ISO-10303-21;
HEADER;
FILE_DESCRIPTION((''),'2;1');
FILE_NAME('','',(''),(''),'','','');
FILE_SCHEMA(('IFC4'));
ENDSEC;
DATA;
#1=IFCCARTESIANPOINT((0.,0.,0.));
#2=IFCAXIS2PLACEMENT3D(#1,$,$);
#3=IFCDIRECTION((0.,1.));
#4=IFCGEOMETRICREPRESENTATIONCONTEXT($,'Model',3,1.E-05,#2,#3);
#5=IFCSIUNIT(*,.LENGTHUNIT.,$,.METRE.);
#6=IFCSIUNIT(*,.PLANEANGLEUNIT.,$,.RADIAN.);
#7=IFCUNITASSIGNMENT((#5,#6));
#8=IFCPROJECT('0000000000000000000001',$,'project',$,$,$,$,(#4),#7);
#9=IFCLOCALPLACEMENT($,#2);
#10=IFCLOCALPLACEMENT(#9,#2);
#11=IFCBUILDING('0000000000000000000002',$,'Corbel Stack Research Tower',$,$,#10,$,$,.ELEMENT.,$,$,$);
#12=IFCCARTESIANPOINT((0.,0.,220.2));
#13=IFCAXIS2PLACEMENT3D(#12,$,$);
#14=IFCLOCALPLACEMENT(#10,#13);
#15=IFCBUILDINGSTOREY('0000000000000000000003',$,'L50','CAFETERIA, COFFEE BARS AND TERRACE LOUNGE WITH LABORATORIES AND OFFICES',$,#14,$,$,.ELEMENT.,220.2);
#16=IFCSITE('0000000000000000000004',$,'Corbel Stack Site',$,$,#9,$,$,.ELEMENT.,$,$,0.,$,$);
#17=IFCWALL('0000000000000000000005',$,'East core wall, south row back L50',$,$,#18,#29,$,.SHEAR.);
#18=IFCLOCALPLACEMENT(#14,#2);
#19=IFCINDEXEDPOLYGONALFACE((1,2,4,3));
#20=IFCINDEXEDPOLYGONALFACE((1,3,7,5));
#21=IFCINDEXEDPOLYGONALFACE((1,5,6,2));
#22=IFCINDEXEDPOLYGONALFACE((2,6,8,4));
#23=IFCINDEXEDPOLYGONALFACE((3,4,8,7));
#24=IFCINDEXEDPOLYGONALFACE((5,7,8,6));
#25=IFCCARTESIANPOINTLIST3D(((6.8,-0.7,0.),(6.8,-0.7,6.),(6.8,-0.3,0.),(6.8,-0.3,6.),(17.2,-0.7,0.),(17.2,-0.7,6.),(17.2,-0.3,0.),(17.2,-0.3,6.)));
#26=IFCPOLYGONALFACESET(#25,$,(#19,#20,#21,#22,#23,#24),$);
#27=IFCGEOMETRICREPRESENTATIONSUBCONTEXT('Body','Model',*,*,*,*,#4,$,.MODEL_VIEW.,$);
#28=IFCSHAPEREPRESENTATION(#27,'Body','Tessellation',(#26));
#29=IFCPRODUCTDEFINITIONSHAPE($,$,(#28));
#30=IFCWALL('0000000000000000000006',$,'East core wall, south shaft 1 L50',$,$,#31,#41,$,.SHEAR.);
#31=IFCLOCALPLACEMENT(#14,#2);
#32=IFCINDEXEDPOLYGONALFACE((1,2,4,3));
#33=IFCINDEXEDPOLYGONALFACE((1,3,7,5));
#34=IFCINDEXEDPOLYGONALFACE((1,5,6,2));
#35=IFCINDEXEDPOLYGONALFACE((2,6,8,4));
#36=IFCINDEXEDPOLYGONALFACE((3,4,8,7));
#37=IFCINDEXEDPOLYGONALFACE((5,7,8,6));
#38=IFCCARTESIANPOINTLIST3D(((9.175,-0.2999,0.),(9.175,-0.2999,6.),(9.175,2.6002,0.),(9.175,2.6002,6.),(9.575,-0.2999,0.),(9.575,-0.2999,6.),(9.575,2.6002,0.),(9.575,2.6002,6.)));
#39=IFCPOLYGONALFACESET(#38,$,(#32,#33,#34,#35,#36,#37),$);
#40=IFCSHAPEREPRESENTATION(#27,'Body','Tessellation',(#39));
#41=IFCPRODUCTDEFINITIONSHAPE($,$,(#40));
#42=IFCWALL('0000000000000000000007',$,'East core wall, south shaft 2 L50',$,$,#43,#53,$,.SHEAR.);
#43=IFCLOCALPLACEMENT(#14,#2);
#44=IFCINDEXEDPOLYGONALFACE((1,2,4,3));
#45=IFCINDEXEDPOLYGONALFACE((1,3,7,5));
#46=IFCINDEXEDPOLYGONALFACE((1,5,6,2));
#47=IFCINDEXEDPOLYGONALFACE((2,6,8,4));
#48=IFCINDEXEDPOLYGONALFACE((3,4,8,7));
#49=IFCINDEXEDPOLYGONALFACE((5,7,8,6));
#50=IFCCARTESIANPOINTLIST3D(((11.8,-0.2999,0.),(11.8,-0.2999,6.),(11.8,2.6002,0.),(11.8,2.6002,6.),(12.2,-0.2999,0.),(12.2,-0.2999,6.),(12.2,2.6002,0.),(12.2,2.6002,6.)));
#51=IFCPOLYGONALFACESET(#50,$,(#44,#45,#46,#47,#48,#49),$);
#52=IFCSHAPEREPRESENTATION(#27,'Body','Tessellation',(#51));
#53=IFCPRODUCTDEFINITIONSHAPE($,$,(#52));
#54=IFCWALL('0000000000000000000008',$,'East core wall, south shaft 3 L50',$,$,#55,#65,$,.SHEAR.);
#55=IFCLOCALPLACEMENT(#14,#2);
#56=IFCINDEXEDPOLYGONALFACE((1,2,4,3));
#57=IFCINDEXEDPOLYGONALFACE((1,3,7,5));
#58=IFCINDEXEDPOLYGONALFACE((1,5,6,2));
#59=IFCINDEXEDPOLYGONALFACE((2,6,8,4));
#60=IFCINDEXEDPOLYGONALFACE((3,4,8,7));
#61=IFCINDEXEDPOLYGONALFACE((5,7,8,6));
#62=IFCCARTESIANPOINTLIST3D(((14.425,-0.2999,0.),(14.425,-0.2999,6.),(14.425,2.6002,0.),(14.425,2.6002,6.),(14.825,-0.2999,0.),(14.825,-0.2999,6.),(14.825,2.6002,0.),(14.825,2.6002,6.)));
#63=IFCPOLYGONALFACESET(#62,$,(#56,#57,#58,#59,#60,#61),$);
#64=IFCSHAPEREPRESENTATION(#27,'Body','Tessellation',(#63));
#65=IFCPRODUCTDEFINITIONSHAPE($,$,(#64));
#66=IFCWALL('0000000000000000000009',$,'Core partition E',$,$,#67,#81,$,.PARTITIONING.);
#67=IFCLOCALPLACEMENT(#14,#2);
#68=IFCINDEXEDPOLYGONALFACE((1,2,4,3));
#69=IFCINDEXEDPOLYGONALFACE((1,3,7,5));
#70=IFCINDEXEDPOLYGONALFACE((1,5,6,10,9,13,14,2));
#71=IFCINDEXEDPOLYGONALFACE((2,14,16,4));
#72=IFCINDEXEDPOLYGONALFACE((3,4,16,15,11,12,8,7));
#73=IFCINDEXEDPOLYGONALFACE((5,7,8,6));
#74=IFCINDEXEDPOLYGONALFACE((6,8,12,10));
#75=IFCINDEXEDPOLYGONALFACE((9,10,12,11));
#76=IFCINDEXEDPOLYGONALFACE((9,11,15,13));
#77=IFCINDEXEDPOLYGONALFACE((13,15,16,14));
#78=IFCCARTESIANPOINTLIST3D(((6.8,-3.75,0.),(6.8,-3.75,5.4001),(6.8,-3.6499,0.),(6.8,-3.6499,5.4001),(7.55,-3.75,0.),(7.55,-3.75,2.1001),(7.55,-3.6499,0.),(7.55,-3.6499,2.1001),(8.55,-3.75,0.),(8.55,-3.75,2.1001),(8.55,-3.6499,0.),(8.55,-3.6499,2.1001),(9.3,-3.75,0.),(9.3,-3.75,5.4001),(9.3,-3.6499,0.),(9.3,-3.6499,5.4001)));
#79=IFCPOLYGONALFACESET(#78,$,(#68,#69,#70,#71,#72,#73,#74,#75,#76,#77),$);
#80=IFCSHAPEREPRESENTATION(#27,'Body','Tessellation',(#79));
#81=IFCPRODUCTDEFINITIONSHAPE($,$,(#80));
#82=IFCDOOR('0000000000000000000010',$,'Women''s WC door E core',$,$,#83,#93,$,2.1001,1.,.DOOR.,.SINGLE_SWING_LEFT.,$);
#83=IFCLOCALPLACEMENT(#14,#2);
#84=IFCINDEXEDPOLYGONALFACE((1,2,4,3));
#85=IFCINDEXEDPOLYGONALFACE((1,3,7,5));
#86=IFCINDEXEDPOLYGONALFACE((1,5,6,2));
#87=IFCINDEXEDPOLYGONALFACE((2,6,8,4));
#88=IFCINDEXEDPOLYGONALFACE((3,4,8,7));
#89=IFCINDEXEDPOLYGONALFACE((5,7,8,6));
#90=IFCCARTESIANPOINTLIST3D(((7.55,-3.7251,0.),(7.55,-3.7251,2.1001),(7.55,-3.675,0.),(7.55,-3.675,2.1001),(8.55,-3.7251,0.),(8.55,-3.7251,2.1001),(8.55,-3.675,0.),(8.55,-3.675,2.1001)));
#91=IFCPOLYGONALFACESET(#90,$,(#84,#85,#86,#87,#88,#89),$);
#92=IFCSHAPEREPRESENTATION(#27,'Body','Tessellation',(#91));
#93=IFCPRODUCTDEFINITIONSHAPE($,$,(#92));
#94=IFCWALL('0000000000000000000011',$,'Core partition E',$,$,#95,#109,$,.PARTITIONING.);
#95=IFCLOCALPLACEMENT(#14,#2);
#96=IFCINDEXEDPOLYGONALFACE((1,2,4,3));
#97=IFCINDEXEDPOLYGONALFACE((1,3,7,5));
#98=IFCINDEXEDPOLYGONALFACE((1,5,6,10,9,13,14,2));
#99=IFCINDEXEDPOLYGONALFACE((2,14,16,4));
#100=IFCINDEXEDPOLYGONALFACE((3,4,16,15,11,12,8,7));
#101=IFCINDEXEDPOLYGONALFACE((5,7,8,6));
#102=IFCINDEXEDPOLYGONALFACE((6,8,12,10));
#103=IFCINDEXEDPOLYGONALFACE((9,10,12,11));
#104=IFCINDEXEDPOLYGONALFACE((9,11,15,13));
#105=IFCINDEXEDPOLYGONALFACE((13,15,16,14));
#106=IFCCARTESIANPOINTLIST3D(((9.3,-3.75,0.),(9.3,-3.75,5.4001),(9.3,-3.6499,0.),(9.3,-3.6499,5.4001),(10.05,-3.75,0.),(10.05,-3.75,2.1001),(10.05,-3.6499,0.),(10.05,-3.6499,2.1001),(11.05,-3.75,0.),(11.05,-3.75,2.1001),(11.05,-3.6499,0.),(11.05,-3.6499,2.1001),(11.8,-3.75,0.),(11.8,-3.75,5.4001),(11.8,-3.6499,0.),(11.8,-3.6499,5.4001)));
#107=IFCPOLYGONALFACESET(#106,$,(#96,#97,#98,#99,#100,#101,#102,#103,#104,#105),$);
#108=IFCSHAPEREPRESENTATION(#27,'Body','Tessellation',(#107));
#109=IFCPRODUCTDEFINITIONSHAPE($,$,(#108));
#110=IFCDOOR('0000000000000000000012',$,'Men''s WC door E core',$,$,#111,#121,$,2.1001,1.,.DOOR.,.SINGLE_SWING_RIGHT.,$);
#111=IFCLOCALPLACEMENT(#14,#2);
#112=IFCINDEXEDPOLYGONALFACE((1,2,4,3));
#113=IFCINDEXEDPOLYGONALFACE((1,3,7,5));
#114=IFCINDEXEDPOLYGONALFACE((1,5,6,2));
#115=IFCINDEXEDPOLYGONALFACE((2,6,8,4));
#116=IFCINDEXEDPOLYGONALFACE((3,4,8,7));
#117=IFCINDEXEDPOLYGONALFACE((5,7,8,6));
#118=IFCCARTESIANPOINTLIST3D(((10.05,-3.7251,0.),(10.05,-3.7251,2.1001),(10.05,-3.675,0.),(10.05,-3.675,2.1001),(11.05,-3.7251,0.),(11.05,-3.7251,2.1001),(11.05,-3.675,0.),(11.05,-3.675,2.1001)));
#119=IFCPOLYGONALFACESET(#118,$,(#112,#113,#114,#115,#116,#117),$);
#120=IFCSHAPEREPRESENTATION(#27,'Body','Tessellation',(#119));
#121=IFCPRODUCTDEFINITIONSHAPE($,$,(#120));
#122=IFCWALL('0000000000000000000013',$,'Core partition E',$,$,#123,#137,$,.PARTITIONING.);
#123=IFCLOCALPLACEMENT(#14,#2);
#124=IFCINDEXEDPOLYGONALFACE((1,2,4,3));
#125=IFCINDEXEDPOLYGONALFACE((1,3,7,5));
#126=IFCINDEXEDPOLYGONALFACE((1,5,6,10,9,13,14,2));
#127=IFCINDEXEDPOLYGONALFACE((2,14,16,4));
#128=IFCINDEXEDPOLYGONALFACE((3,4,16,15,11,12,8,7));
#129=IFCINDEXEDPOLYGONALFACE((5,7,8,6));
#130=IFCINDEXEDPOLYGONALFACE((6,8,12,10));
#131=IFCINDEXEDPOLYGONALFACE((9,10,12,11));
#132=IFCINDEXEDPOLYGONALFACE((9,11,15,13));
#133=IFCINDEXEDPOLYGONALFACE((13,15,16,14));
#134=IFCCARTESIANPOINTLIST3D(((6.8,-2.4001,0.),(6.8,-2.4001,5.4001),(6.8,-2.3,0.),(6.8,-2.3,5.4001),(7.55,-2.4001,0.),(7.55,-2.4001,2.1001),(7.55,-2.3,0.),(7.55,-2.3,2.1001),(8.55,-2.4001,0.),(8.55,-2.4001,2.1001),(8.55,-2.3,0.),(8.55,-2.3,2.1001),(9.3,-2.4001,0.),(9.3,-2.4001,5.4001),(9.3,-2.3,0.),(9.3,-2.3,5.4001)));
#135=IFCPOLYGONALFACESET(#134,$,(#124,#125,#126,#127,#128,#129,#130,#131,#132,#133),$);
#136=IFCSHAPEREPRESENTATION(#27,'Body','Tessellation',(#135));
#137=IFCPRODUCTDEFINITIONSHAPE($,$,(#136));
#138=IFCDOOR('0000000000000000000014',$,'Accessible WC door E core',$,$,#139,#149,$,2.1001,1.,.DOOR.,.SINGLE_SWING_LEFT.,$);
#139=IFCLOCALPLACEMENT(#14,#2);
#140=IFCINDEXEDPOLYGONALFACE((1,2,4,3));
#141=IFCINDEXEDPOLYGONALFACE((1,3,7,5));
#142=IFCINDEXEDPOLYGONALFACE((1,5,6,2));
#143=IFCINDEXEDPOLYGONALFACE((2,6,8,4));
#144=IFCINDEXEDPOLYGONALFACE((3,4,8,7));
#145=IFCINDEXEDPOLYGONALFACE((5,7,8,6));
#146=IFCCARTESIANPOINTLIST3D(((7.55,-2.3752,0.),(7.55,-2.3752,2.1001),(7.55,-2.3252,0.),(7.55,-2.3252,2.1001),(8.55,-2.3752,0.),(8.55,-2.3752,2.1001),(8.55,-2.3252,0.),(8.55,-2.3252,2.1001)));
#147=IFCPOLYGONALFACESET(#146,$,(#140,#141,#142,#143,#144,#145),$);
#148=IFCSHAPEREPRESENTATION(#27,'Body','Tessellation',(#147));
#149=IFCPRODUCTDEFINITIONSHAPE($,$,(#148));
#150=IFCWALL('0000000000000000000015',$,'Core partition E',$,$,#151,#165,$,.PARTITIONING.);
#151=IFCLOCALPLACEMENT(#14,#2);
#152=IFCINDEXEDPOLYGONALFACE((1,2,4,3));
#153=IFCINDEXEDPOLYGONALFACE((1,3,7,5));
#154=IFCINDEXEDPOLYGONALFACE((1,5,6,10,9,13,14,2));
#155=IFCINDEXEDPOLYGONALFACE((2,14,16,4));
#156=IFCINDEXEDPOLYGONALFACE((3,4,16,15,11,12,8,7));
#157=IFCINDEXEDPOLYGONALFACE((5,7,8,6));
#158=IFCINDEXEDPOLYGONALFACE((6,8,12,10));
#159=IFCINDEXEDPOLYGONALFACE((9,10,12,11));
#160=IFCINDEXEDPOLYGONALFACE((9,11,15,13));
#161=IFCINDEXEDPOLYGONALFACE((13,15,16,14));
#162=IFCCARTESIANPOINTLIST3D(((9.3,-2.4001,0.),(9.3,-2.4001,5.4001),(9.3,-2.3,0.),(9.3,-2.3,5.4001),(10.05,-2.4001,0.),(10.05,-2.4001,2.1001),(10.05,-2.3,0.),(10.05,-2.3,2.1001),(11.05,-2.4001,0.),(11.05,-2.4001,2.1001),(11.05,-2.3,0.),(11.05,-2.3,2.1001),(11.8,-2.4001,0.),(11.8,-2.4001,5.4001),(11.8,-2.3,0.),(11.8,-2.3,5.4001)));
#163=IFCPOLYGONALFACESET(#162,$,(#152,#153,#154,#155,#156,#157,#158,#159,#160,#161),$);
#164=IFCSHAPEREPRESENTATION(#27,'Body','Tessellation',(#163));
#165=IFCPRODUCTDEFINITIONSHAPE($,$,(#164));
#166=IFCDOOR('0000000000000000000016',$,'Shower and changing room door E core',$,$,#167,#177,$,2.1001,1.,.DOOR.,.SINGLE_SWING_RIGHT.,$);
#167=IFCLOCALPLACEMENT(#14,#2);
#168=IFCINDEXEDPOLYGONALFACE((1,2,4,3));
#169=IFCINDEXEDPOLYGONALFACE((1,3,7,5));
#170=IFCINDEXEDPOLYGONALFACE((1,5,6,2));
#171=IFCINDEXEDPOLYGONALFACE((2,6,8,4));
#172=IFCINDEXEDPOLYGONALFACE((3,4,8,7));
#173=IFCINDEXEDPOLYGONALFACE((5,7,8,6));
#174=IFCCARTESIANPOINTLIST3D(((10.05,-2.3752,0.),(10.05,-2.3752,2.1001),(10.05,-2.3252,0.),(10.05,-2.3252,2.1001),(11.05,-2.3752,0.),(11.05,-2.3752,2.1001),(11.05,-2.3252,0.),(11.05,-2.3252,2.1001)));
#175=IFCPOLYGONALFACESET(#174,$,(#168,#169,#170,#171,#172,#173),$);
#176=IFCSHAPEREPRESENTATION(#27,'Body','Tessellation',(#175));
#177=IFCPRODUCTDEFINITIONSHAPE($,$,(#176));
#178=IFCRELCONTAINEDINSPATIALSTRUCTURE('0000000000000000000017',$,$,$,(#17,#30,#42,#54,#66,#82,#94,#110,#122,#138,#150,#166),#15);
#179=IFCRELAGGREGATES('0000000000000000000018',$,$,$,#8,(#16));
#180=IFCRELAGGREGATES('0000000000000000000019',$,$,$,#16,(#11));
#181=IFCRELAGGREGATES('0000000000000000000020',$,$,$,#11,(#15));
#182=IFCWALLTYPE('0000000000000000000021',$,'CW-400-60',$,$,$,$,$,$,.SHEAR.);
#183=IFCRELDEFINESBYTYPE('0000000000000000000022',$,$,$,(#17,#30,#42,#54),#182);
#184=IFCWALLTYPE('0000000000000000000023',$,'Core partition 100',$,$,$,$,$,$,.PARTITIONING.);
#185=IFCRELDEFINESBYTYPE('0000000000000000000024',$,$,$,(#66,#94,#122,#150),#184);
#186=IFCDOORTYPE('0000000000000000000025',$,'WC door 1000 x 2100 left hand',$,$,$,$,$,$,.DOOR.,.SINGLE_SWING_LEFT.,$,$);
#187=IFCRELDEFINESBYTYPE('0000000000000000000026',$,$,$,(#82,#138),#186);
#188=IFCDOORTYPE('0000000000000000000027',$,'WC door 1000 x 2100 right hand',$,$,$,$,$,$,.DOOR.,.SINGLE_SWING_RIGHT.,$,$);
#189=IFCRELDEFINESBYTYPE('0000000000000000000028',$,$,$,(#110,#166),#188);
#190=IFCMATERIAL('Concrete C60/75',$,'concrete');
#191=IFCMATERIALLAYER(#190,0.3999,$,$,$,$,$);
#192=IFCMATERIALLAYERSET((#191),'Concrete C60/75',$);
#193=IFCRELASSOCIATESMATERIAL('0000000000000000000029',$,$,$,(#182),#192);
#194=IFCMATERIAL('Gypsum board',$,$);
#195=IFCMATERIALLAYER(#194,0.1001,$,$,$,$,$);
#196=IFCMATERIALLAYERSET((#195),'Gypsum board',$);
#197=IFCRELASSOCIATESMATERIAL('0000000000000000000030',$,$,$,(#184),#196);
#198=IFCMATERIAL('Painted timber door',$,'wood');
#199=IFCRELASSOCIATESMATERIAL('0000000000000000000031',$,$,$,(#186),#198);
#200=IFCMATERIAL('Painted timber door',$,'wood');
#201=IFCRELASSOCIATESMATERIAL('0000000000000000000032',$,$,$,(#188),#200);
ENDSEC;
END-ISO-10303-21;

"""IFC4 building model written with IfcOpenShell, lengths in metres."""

from ifc_helpers import new_model, si_unit, direction, frame, frame_2d, origin, place, context, subcontext, project, spatial, rectangle, extrude, material, layer, layer_set, type_object, element, fill, save


model = new_model("IFC4")

# Units and contexts
model_context = context("Model", 3, precision=1e-05, world=origin(), true_north=direction((0.0, 1.0)))
body_context = subcontext(model_context, "Body", "Model", "MODEL_VIEW")
ifc_project = project(units=[si_unit("LENGTHUNIT", "METRE"), si_unit("PLANEANGLEUNIT", "RADIAN")], contexts=[model_context])

# Site, building, storey
site_placement = place(None, origin())
site = spatial("IfcSite", under=ifc_project, at=site_placement, Name="Corbel Stack Site", CompositionType="ELEMENT", RefElevation=0.0)
building_placement = place(site_placement, origin())
building = spatial("IfcBuilding", under=site, at=building_placement, Name="Corbel Stack Research Tower", CompositionType="ELEMENT")
storey_placement = place(building_placement, frame((0.0, 0.0, 220.2)))
storey = spatial("IfcBuildingStorey", under=building, at=storey_placement, Name="L50", Description="CAFETERIA, COFFEE BARS AND TERRACE LOUNGE WITH LABORATORIES AND OFFICES", CompositionType="ELEMENT", Elevation=220.2)

# Walls
ifc_material_1 = material(Name="Concrete C60/75", Category="concrete")
ifc_layer_1 = layer(ifc_material_1, 0.3999)
ifc_layer_set_1 = layer_set([ifc_layer_1], Name="Concrete C60/75")
wall_type_1 = type_object("IfcWallType", Name="CW-400-60", PredefinedType="SHEAR", material=ifc_layer_set_1)
wall_1_placement = place(storey_placement, frame((6.8, -0.5, 0.0), z_axis=(0.0, 0.0, 1.0), x_axis=(1.0, 0.0, 0.0)))
element("IfcWall", 1, at=wall_1_placement, inside=storey, type_object=wall_type_1, Name="East core wall, south row back L50", PredefinedType="SHEAR", context=body_context, shape_type="SweptSolid", body=[
    extrude(rectangle(XDim=10.3999, YDim=0.3999, at=frame_2d((5.2, 0.0))), origin(), (0.0, 0.0, 1.0), 6.0),
])
for number, where, z_axis, x_axis, name in (
    (2, (9.375, -0.3, 0.0), (0.0, 0.0, 1.0), (0.0, 1.0, 0.0), "East core wall, south shaft 1 L50"),
    (3, (12.0, -0.3, 0.0), (0.0, 0.0, 1.0), (0.0, 1.0, 0.0), "East core wall, south shaft 2 L50"),
    (4, (14.625, -0.3, 0.0), (0.0, 0.0, 1.0), (0.0, 1.0, 0.0), "East core wall, south shaft 3 L50"),
):
    element("IfcWall", number, at=place(storey_placement, frame(where, z_axis=z_axis, x_axis=x_axis)), inside=storey, type_object=wall_type_1, Name=name, PredefinedType="SHEAR", context=body_context, shape_type="SweptSolid", body=[
        extrude(rectangle(XDim=2.9001, YDim=0.3999, at=frame_2d((1.4502, 0.0))), origin(), (0.0, 0.0, 1.0), 6.0),
    ])

# Walls, openings, doors
ifc_material_2 = material(Name="Gypsum board")
ifc_layer_2 = layer(ifc_material_2, 0.1001)
ifc_layer_set_2 = layer_set([ifc_layer_2], Name="Gypsum board")
wall_type_2 = type_object("IfcWallType", Name="Core partition 100", PredefinedType="PARTITIONING", material=ifc_layer_set_2)
wall_2_placement = place(storey_placement, frame((6.8, -3.7, 0.0), z_axis=(0.0, 0.0, 1.0), x_axis=(1.0, 0.0, 0.0)))
wall_2 = element("IfcWall", 5, at=wall_2_placement, inside=storey, type_object=wall_type_2, Name="Core partition E", PredefinedType="PARTITIONING", context=body_context, shape_type="SweptSolid", body=[
    extrude(rectangle(XDim=2.5, YDim=0.1001, at=frame_2d((1.25, 0.0))), origin(), (0.0, 0.0, 1.0), 5.4001),
])
opening_1_placement = place(wall_2_placement, frame((0.75, 0.0, 0.0)))
opening_1 = element("IfcOpeningElement", 6, at=opening_1_placement, cuts=wall_2, PredefinedType="OPENING", context=body_context, shape_type="SweptSolid", body=[
    extrude(rectangle(XDim=1.0, YDim=2.1001, at=frame_2d((0.5, 1.05))), frame((0.0, 0.0601, 0.0), z_axis=(0.0, -1.0, 0.0), x_axis=(1.0, 0.0, 0.0)), (0.0, 0.0, 1.0), 0.1201),
])
ifc_material_3 = material(Name="Painted timber door", Category="wood")
door_type_1 = type_object("IfcDoorType", Name="WC door 1000 x 2100 left hand", OperationType="SINGLE_SWING_LEFT", PredefinedType="DOOR", material=ifc_material_3)
door_1_placement = place(opening_1_placement, origin())
door_1 = element("IfcDoor", 7, at=door_1_placement, inside=storey, type_object=door_type_1, Name="Women's WC door E core", OperationType="SINGLE_SWING_LEFT", OverallHeight=2.1001, OverallWidth=1.0, PredefinedType="DOOR", context=body_context, shape_type="SweptSolid", body=[
    extrude(rectangle(XDim=1.0, YDim=2.1001, at=frame_2d((0.5, 1.05))), frame((0.0, 0.0249, 0.0), z_axis=(0.0, -1.0, 0.0), x_axis=(1.0, 0.0, 0.0)), (0.0, 0.0, 1.0), 0.05),
])
fill(opening_1, door_1)
wall_3_placement = place(storey_placement, frame((9.3, -3.7, 0.0), z_axis=(0.0, 0.0, 1.0), x_axis=(1.0, 0.0, 0.0)))
wall_3 = element("IfcWall", 8, at=wall_3_placement, inside=storey, type_object=wall_type_2, Name="Core partition E", PredefinedType="PARTITIONING", context=body_context, shape_type="SweptSolid", body=[
    extrude(rectangle(XDim=2.5, YDim=0.1001, at=frame_2d((1.25, 0.0))), origin(), (0.0, 0.0, 1.0), 5.4001),
])
opening_2_placement = place(wall_3_placement, frame((0.75, 0.0, 0.0)))
opening_2 = element("IfcOpeningElement", 9, at=opening_2_placement, cuts=wall_3, PredefinedType="OPENING", context=body_context, shape_type="SweptSolid", body=[
    extrude(rectangle(XDim=1.0, YDim=2.1001, at=frame_2d((0.5, 1.05))), frame((0.0, 0.0601, 0.0), z_axis=(0.0, -1.0, 0.0), x_axis=(1.0, 0.0, 0.0)), (0.0, 0.0, 1.0), 0.1201),
])
ifc_material_4 = material(Name="Painted timber door", Category="wood")
door_type_2 = type_object("IfcDoorType", Name="WC door 1000 x 2100 right hand", OperationType="SINGLE_SWING_RIGHT", PredefinedType="DOOR", material=ifc_material_4)
door_2_placement = place(opening_2_placement, origin())
door_2 = element("IfcDoor", 10, at=door_2_placement, inside=storey, type_object=door_type_2, Name="Men's WC door E core", OperationType="SINGLE_SWING_RIGHT", OverallHeight=2.1001, OverallWidth=1.0, PredefinedType="DOOR", context=body_context, shape_type="SweptSolid", body=[
    extrude(rectangle(XDim=1.0, YDim=2.1001, at=frame_2d((0.5, 1.05))), frame((0.0, 0.0249, 0.0), z_axis=(0.0, -1.0, 0.0), x_axis=(1.0, 0.0, 0.0)), (0.0, 0.0, 1.0), 0.05),
])
fill(opening_2, door_2)
wall_4_placement = place(storey_placement, frame((6.8, -2.3501, 0.0), z_axis=(0.0, 0.0, 1.0), x_axis=(1.0, 0.0, 0.0)))
wall_4 = element("IfcWall", 11, at=wall_4_placement, inside=storey, type_object=wall_type_2, Name="Core partition E", PredefinedType="PARTITIONING", context=body_context, shape_type="SweptSolid", body=[
    extrude(rectangle(XDim=2.5, YDim=0.1001, at=frame_2d((1.25, 0.0))), origin(), (0.0, 0.0, 1.0), 5.4001),
])
opening_3_placement = place(wall_4_placement, frame((0.75, 0.0, 0.0)))
opening_3 = element("IfcOpeningElement", 12, at=opening_3_placement, cuts=wall_4, PredefinedType="OPENING", context=body_context, shape_type="SweptSolid", body=[
    extrude(rectangle(XDim=1.0, YDim=2.1001, at=frame_2d((0.5, 1.05))), frame((0.0, 0.0601, 0.0), z_axis=(0.0, -1.0, 0.0), x_axis=(1.0, 0.0, 0.0)), (0.0, 0.0, 1.0), 0.1201),
])
door_3_placement = place(opening_3_placement, origin())
door_3 = element("IfcDoor", 13, at=door_3_placement, inside=storey, type_object=door_type_1, Name="Accessible WC door E core", OperationType="SINGLE_SWING_LEFT", OverallHeight=2.1001, OverallWidth=1.0, PredefinedType="DOOR", context=body_context, shape_type="SweptSolid", body=[
    extrude(rectangle(XDim=1.0, YDim=2.1001, at=frame_2d((0.5, 1.05))), frame((0.0, 0.0249, 0.0), z_axis=(0.0, -1.0, 0.0), x_axis=(1.0, 0.0, 0.0)), (0.0, 0.0, 1.0), 0.05),
])
fill(opening_3, door_3)
wall_5_placement = place(storey_placement, frame((9.3, -2.3501, 0.0), z_axis=(0.0, 0.0, 1.0), x_axis=(1.0, 0.0, 0.0)))
wall_5 = element("IfcWall", 14, at=wall_5_placement, inside=storey, type_object=wall_type_2, Name="Core partition E", PredefinedType="PARTITIONING", context=body_context, shape_type="SweptSolid", body=[
    extrude(rectangle(XDim=2.5, YDim=0.1001, at=frame_2d((1.25, 0.0))), origin(), (0.0, 0.0, 1.0), 5.4001),
])
opening_4_placement = place(wall_5_placement, frame((0.75, 0.0, 0.0)))
opening_4 = element("IfcOpeningElement", 15, at=opening_4_placement, cuts=wall_5, PredefinedType="OPENING", context=body_context, shape_type="SweptSolid", body=[
    extrude(rectangle(XDim=1.0, YDim=2.1001, at=frame_2d((0.5, 1.05))), frame((0.0, 0.0601, 0.0), z_axis=(0.0, -1.0, 0.0), x_axis=(1.0, 0.0, 0.0)), (0.0, 0.0, 1.0), 0.1201),
])
door_4_placement = place(opening_4_placement, origin())
door_4 = element("IfcDoor", 16, at=door_4_placement, inside=storey, type_object=door_type_2, Name="Shower and changing room door E core", OperationType="SINGLE_SWING_RIGHT", OverallHeight=2.1001, OverallWidth=1.0, PredefinedType="DOOR", context=body_context, shape_type="SweptSolid", body=[
    extrude(rectangle(XDim=1.0, YDim=2.1001, at=frame_2d((0.5, 1.05))), frame((0.0, 0.0249, 0.0), z_axis=(0.0, -1.0, 0.0), x_axis=(1.0, 0.0, 0.0)), (0.0, 0.0, 1.0), 0.05),
])
fill(opening_4, door_4)

save(model, "model.ifc")
